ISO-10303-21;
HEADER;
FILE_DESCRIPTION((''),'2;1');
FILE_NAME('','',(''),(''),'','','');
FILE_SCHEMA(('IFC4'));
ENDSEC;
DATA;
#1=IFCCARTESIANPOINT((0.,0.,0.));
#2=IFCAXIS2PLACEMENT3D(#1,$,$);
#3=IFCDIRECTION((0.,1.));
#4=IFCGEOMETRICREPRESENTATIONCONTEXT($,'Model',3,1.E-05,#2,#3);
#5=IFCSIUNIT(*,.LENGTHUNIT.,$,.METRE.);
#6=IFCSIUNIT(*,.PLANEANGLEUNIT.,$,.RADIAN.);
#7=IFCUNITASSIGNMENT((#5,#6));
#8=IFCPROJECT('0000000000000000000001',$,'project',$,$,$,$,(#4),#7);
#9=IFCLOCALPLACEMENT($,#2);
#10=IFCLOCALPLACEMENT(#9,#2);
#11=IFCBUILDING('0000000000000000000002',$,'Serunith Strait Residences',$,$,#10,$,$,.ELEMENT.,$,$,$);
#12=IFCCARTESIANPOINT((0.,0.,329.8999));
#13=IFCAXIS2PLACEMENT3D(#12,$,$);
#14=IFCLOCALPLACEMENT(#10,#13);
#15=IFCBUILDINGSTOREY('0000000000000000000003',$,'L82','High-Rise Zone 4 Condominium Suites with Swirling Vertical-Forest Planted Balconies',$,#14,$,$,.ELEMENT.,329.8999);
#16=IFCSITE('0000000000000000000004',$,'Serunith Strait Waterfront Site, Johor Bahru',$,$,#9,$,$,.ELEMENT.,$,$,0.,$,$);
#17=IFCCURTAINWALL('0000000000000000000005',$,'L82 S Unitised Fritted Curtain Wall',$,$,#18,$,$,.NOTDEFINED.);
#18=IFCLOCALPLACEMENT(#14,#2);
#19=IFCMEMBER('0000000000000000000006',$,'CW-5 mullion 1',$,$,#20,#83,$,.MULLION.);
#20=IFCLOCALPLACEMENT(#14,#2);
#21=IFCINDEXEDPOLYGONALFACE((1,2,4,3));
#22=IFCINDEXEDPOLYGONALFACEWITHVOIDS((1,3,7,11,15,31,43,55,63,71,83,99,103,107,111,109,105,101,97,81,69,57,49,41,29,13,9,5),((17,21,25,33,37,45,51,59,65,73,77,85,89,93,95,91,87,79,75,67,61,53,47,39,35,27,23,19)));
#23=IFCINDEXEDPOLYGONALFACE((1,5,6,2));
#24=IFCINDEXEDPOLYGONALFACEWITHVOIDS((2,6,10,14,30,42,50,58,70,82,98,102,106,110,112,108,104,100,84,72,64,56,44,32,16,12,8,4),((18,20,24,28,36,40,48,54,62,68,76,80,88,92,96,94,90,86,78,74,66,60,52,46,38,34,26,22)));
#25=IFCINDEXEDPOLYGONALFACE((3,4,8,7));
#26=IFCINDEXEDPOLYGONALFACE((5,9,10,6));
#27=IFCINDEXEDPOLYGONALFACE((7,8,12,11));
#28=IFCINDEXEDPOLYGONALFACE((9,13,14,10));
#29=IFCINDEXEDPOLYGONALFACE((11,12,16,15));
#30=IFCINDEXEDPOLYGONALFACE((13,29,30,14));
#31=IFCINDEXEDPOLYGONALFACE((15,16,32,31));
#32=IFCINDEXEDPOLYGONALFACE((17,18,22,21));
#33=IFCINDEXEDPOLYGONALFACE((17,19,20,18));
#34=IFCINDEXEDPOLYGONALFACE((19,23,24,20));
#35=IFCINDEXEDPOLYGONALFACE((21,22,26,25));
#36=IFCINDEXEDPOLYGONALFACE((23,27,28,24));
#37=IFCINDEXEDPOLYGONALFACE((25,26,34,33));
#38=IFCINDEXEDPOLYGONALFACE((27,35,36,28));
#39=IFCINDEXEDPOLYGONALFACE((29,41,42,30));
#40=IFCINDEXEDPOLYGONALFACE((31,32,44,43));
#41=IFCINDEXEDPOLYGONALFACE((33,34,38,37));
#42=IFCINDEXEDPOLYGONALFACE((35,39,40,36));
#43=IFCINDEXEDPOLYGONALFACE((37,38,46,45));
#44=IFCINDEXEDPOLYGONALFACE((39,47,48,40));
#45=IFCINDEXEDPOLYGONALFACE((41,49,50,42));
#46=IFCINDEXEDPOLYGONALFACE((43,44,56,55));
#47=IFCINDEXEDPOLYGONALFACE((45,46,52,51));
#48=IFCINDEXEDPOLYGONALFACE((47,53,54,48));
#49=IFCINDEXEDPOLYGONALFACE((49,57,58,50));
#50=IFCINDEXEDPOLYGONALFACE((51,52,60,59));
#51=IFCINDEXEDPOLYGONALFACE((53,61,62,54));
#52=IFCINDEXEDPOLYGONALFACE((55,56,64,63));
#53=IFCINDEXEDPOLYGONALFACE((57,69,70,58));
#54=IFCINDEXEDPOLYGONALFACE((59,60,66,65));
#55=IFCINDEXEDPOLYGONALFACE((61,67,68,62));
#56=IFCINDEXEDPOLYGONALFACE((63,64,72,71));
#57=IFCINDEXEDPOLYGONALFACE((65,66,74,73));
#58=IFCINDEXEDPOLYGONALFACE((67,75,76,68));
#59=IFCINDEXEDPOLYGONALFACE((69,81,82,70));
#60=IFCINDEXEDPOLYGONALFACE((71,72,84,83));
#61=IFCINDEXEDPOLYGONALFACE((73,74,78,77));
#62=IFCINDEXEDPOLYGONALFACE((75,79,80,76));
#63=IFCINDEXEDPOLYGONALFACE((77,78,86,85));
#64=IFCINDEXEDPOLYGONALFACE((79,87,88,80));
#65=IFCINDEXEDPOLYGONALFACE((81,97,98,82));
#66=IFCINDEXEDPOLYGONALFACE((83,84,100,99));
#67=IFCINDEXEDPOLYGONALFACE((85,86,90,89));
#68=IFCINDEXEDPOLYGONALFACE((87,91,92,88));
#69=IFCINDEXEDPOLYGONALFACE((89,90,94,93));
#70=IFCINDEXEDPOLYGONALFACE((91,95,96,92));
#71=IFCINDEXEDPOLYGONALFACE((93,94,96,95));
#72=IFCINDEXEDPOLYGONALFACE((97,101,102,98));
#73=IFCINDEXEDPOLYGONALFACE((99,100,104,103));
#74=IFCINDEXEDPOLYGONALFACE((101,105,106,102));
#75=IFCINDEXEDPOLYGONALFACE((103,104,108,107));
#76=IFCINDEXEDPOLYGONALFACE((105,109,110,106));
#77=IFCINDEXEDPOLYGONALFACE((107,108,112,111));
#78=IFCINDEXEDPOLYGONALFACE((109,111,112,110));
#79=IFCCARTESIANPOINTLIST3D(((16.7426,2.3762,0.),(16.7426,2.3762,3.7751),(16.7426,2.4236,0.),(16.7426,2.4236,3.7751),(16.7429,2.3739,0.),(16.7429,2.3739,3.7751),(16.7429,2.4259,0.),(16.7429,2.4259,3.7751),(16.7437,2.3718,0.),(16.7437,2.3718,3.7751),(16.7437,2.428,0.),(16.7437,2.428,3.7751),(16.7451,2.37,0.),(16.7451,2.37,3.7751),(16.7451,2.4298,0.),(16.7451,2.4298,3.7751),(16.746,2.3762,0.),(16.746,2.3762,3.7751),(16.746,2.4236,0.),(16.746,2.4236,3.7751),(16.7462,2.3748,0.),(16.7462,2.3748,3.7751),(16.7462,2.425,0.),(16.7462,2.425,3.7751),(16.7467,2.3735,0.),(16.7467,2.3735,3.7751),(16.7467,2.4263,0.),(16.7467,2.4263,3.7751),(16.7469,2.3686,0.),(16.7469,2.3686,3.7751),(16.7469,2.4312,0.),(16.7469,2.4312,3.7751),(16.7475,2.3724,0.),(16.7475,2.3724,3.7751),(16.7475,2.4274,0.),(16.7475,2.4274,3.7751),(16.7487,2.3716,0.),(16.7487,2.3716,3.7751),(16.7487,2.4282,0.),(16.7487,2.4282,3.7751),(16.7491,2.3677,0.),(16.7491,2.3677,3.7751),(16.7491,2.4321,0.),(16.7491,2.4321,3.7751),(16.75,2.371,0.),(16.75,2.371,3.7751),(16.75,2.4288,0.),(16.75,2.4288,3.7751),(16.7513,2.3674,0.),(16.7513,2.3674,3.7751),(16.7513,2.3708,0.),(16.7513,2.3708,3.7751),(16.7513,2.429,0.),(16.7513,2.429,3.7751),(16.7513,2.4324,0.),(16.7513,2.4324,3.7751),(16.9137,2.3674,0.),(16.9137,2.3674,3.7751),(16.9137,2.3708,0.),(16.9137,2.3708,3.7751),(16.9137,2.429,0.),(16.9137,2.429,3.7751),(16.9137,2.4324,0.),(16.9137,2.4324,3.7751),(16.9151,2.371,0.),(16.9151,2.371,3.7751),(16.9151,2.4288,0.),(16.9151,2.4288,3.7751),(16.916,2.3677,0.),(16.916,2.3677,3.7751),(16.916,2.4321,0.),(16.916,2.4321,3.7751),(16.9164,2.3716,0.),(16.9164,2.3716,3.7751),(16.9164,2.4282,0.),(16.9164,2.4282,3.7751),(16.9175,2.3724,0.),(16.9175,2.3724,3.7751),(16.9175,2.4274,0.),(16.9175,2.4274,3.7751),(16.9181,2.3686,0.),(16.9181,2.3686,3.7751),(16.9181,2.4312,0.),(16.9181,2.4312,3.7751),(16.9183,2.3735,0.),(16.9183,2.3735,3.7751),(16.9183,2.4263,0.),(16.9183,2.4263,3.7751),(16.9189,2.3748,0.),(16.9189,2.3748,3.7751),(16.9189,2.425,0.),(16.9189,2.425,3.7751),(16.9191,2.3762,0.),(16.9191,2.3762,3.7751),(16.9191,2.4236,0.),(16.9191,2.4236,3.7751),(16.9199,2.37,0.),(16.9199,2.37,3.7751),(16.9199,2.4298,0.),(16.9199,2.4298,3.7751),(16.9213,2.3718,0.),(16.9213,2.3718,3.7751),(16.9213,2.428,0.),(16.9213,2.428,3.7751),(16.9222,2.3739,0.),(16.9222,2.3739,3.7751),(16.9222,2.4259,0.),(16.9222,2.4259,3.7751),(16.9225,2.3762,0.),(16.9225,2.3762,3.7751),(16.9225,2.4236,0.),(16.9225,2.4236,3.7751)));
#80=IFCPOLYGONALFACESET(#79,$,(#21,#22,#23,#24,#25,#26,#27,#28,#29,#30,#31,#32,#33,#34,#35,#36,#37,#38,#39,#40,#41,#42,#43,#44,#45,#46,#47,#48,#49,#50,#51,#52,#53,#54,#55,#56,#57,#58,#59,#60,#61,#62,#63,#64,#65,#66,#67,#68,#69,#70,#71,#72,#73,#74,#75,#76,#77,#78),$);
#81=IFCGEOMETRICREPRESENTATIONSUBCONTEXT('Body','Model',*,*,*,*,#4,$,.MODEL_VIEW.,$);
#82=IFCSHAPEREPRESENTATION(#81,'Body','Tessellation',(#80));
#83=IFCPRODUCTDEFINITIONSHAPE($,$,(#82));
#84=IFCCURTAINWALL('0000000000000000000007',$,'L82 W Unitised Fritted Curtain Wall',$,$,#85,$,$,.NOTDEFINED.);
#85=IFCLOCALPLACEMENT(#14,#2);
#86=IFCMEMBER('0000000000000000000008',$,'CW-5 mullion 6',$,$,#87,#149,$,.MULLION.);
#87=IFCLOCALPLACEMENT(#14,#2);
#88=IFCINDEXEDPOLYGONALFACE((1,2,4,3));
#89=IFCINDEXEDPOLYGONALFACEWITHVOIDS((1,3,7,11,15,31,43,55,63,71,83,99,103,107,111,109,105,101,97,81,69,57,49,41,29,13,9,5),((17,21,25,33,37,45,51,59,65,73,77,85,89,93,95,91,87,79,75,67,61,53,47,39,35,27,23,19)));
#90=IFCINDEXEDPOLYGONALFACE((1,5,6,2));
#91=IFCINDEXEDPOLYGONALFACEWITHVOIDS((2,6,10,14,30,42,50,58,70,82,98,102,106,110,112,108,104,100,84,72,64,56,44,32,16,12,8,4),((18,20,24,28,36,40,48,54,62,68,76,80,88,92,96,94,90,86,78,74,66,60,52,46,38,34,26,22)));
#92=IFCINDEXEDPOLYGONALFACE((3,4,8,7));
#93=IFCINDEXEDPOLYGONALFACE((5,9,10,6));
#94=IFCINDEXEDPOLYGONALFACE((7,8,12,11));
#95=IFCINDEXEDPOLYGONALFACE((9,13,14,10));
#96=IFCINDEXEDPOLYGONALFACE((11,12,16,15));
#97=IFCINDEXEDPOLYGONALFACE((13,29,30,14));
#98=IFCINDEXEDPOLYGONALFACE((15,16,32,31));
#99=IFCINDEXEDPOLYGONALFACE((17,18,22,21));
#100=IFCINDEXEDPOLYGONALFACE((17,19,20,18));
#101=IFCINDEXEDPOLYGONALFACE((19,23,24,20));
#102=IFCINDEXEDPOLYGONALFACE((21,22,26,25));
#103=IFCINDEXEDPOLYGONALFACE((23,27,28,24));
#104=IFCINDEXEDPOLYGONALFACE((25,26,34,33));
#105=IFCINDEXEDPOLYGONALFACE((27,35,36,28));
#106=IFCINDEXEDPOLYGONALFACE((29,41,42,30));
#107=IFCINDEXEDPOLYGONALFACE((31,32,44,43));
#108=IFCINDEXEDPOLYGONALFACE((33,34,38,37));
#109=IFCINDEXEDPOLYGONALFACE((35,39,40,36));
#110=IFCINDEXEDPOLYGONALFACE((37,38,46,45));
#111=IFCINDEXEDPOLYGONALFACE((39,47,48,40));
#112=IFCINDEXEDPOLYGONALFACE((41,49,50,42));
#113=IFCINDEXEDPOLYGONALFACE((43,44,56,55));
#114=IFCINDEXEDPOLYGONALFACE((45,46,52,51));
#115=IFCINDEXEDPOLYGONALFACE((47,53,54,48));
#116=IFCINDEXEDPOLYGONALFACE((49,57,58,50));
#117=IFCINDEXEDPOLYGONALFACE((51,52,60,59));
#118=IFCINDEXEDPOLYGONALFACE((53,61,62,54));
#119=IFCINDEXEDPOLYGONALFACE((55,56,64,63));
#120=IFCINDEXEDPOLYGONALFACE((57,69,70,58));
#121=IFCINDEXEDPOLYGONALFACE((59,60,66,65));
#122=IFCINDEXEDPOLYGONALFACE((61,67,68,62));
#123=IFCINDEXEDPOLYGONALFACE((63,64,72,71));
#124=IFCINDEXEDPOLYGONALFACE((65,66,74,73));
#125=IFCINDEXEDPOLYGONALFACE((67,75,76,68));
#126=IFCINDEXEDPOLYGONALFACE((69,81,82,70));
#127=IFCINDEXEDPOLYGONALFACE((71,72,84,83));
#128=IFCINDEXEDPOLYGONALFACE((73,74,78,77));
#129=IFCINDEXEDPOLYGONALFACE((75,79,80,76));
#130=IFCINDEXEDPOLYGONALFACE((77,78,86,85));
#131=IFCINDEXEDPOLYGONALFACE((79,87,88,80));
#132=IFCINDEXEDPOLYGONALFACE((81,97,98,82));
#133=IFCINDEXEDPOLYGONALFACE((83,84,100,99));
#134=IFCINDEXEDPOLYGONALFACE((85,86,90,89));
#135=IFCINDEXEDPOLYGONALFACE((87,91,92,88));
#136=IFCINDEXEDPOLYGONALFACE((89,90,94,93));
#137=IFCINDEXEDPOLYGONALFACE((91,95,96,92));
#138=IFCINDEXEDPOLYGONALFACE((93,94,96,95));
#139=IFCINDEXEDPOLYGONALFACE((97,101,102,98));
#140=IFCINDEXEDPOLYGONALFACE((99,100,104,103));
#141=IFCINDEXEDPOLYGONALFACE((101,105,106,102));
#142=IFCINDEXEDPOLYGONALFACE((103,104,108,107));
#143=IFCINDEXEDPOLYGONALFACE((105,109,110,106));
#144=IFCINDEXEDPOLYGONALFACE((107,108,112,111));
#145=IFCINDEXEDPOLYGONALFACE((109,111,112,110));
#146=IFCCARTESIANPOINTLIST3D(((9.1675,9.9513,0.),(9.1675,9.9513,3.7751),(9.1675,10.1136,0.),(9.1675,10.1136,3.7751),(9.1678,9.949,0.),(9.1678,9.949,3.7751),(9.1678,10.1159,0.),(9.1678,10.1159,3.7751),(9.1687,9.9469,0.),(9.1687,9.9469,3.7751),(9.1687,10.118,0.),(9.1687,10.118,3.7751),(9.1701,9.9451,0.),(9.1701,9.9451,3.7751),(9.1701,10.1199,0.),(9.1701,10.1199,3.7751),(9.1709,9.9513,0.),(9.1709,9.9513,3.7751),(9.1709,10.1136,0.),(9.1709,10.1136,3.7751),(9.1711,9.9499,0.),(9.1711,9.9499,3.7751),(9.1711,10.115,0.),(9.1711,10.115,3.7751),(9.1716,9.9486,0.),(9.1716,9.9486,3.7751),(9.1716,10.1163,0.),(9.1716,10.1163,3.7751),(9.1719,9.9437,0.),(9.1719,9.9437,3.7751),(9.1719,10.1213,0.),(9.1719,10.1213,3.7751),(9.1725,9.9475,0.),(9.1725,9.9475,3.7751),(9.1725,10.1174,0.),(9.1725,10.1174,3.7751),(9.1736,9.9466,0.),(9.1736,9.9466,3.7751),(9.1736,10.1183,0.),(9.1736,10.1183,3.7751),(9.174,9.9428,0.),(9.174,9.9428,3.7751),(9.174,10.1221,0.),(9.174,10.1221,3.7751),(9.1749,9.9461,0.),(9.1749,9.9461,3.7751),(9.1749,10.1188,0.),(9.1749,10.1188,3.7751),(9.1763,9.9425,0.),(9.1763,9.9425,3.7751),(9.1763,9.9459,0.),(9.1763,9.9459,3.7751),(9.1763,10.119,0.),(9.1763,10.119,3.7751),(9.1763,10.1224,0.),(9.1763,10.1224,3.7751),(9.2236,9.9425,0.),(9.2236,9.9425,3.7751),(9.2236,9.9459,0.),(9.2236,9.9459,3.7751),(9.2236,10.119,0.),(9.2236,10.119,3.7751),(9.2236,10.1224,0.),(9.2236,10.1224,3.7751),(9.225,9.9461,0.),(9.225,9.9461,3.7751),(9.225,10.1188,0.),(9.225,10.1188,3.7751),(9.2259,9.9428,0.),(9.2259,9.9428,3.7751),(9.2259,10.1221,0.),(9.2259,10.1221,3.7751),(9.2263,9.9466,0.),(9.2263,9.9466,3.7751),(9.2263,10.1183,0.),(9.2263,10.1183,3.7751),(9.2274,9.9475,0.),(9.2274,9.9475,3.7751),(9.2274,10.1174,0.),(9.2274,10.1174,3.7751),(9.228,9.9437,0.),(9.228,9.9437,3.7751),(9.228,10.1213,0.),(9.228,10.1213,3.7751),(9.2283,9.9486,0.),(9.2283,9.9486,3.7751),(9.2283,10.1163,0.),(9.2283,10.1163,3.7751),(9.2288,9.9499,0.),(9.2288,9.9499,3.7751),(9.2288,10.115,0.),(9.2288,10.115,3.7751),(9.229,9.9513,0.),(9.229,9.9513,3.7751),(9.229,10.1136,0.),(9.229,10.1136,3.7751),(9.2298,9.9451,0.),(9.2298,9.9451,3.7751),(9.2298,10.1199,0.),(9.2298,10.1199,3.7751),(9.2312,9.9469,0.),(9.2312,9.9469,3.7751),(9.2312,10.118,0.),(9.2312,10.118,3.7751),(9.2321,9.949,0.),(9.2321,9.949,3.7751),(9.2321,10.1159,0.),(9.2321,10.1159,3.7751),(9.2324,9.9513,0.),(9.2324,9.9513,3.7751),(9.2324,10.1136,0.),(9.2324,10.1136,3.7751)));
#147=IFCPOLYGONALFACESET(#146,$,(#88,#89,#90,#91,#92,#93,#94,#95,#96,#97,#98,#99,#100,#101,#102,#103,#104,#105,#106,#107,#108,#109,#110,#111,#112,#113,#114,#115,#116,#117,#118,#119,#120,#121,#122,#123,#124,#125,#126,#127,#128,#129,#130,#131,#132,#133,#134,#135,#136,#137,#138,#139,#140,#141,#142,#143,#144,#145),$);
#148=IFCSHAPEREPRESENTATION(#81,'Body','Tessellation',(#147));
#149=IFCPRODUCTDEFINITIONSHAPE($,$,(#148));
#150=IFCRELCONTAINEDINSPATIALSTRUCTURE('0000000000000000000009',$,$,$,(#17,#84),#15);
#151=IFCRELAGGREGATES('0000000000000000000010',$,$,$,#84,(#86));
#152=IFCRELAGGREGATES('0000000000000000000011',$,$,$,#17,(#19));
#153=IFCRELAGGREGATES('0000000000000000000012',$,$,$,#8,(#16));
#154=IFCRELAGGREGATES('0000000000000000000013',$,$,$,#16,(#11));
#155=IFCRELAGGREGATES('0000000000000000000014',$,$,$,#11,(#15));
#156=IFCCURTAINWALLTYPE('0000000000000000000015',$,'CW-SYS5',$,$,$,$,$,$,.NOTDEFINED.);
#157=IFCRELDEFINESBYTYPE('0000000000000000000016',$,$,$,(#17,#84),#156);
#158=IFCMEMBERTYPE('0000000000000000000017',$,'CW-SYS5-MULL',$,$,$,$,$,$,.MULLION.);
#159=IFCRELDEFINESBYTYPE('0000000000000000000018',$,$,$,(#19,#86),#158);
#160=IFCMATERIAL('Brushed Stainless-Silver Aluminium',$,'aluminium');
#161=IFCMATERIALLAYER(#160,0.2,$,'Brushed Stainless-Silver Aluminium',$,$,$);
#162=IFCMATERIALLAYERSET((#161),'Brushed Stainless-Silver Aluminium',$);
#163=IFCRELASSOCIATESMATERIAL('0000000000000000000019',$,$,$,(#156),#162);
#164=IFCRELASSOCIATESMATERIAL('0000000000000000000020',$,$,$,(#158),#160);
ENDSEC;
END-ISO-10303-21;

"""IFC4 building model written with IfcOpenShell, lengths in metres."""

from ifc_helpers import new_model, si_unit, direction, frame, origin, origin_2d, place, context, subcontext, project, spatial, hollow_rectangle, extrude, source, transform, mapped, material, layer, layer_set, material_profile, profile_set, type_object, element, aggregate, save


model = new_model("IFC4")

# Units and contexts
model_context = context("Model", 3, precision=1e-05, world=origin(), true_north=direction((0.0, 1.0)))
body_context = subcontext(model_context, "Body", "Model", "MODEL_VIEW")
ifc_project = project(units=[si_unit("LENGTHUNIT", "METRE"), si_unit("PLANEANGLEUNIT", "RADIAN")], contexts=[model_context])

# Site, building, storey
site_placement = place(None, origin())
site = spatial("IfcSite", under=ifc_project, at=site_placement, Name="Serunith Strait Waterfront Site, Johor Bahru", CompositionType="ELEMENT", RefElevation=0.0)
building_placement = place(site_placement, origin())
building = spatial("IfcBuilding", under=site, at=building_placement, Name="Serunith Strait Residences", CompositionType="ELEMENT")
storey_placement = place(building_placement, frame((0.0, 0.0, 329.8999)))
storey = spatial("IfcBuildingStorey", under=building, at=storey_placement, Name="L82", Description="High-Rise Zone 4 Condominium Suites with Swirling Vertical-Forest Planted Balconies", CompositionType="ELEMENT", Elevation=329.8999)

# Curtain walls, members
ifc_material_1 = material(Name="Brushed Stainless-Silver Aluminium", Category="aluminium")
ifc_layer_1 = layer(ifc_material_1, 0.2, Name="Brushed Stainless-Silver Aluminium")
ifc_layer_set_1 = layer_set([ifc_layer_1], Name="Brushed Stainless-Silver Aluminium")
curtain_wall_type = type_object("IfcCurtainWallType", Name="CW-SYS5", PredefinedType="NOTDEFINED", material=ifc_layer_set_1)
curtain_wall_1_placement = place(storey_placement, origin())
curtain_wall_1 = element("IfcCurtainWall", 1, at=curtain_wall_1_placement, inside=storey, type_object=curtain_wall_type, Name="L82 S Unitised Fritted Curtain Wall", PredefinedType="NOTDEFINED")
ifc_material_profile_1 = material_profile(ifc_material_1, hollow_rectangle(XDim=0.0649, YDim=0.1799, WallThickness=0.0034, InnerFilletRadius=0.0054, OuterFilletRadius=0.0088, at=origin_2d()), Name="ALU 180x65x3.5")
ifc_profile_set_1 = profile_set([ifc_material_profile_1], Name="Brushed Stainless-Silver Aluminium")
member_type_1 = type_object("IfcMemberType", Name="CW-SYS5-MULL", PredefinedType="MULLION", material=ifc_profile_set_1)
shared_shape_1 = source(origin(), body_context, "Body", "SweptSolid", [
    extrude(hollow_rectangle(XDim=0.0649, YDim=0.1799, WallThickness=0.0034, InnerFilletRadius=0.0054, OuterFilletRadius=0.0088, at=origin_2d()), origin(), (0.0, 0.0, 1.0), 3.7751),
])
member_1_placement = place(storey_placement, frame((16.8325, 2.3999, 0.0), z_axis=(0.0, 0.0, 1.0), x_axis=(0.0, 1.0, 0.0)))
member_1 = element("IfcMember", 2, at=member_1_placement, type_object=member_type_1, Name="CW-5 mullion 1", PredefinedType="MULLION", context=body_context, shape_type="MappedRepresentation", body=[
    mapped(shared_shape_1, transform((0.0, 0.0, 0.0), scale=1.0)),
])
curtain_wall_2_placement = place(storey_placement, origin())
curtain_wall_2 = element("IfcCurtainWall", 3, at=curtain_wall_2_placement, inside=storey, type_object=curtain_wall_type, Name="L82 W Unitised Fritted Curtain Wall", PredefinedType="NOTDEFINED")
member_2_placement = place(storey_placement, frame((9.2, 10.0325, 0.0), z_axis=(0.0, 0.0, 1.0), x_axis=(1.0, 0.0, 0.0)))
member_2 = element("IfcMember", 4, at=member_2_placement, type_object=member_type_1, Name="CW-5 mullion 6", PredefinedType="MULLION", context=body_context, shape_type="MappedRepresentation", body=[
    mapped(shared_shape_1, transform((0.0, 0.0, 0.0), scale=1.0)),
])
aggregate(curtain_wall_2, [member_2])

aggregate(curtain_wall_1, [member_1])

save(model, "model.ifc")
